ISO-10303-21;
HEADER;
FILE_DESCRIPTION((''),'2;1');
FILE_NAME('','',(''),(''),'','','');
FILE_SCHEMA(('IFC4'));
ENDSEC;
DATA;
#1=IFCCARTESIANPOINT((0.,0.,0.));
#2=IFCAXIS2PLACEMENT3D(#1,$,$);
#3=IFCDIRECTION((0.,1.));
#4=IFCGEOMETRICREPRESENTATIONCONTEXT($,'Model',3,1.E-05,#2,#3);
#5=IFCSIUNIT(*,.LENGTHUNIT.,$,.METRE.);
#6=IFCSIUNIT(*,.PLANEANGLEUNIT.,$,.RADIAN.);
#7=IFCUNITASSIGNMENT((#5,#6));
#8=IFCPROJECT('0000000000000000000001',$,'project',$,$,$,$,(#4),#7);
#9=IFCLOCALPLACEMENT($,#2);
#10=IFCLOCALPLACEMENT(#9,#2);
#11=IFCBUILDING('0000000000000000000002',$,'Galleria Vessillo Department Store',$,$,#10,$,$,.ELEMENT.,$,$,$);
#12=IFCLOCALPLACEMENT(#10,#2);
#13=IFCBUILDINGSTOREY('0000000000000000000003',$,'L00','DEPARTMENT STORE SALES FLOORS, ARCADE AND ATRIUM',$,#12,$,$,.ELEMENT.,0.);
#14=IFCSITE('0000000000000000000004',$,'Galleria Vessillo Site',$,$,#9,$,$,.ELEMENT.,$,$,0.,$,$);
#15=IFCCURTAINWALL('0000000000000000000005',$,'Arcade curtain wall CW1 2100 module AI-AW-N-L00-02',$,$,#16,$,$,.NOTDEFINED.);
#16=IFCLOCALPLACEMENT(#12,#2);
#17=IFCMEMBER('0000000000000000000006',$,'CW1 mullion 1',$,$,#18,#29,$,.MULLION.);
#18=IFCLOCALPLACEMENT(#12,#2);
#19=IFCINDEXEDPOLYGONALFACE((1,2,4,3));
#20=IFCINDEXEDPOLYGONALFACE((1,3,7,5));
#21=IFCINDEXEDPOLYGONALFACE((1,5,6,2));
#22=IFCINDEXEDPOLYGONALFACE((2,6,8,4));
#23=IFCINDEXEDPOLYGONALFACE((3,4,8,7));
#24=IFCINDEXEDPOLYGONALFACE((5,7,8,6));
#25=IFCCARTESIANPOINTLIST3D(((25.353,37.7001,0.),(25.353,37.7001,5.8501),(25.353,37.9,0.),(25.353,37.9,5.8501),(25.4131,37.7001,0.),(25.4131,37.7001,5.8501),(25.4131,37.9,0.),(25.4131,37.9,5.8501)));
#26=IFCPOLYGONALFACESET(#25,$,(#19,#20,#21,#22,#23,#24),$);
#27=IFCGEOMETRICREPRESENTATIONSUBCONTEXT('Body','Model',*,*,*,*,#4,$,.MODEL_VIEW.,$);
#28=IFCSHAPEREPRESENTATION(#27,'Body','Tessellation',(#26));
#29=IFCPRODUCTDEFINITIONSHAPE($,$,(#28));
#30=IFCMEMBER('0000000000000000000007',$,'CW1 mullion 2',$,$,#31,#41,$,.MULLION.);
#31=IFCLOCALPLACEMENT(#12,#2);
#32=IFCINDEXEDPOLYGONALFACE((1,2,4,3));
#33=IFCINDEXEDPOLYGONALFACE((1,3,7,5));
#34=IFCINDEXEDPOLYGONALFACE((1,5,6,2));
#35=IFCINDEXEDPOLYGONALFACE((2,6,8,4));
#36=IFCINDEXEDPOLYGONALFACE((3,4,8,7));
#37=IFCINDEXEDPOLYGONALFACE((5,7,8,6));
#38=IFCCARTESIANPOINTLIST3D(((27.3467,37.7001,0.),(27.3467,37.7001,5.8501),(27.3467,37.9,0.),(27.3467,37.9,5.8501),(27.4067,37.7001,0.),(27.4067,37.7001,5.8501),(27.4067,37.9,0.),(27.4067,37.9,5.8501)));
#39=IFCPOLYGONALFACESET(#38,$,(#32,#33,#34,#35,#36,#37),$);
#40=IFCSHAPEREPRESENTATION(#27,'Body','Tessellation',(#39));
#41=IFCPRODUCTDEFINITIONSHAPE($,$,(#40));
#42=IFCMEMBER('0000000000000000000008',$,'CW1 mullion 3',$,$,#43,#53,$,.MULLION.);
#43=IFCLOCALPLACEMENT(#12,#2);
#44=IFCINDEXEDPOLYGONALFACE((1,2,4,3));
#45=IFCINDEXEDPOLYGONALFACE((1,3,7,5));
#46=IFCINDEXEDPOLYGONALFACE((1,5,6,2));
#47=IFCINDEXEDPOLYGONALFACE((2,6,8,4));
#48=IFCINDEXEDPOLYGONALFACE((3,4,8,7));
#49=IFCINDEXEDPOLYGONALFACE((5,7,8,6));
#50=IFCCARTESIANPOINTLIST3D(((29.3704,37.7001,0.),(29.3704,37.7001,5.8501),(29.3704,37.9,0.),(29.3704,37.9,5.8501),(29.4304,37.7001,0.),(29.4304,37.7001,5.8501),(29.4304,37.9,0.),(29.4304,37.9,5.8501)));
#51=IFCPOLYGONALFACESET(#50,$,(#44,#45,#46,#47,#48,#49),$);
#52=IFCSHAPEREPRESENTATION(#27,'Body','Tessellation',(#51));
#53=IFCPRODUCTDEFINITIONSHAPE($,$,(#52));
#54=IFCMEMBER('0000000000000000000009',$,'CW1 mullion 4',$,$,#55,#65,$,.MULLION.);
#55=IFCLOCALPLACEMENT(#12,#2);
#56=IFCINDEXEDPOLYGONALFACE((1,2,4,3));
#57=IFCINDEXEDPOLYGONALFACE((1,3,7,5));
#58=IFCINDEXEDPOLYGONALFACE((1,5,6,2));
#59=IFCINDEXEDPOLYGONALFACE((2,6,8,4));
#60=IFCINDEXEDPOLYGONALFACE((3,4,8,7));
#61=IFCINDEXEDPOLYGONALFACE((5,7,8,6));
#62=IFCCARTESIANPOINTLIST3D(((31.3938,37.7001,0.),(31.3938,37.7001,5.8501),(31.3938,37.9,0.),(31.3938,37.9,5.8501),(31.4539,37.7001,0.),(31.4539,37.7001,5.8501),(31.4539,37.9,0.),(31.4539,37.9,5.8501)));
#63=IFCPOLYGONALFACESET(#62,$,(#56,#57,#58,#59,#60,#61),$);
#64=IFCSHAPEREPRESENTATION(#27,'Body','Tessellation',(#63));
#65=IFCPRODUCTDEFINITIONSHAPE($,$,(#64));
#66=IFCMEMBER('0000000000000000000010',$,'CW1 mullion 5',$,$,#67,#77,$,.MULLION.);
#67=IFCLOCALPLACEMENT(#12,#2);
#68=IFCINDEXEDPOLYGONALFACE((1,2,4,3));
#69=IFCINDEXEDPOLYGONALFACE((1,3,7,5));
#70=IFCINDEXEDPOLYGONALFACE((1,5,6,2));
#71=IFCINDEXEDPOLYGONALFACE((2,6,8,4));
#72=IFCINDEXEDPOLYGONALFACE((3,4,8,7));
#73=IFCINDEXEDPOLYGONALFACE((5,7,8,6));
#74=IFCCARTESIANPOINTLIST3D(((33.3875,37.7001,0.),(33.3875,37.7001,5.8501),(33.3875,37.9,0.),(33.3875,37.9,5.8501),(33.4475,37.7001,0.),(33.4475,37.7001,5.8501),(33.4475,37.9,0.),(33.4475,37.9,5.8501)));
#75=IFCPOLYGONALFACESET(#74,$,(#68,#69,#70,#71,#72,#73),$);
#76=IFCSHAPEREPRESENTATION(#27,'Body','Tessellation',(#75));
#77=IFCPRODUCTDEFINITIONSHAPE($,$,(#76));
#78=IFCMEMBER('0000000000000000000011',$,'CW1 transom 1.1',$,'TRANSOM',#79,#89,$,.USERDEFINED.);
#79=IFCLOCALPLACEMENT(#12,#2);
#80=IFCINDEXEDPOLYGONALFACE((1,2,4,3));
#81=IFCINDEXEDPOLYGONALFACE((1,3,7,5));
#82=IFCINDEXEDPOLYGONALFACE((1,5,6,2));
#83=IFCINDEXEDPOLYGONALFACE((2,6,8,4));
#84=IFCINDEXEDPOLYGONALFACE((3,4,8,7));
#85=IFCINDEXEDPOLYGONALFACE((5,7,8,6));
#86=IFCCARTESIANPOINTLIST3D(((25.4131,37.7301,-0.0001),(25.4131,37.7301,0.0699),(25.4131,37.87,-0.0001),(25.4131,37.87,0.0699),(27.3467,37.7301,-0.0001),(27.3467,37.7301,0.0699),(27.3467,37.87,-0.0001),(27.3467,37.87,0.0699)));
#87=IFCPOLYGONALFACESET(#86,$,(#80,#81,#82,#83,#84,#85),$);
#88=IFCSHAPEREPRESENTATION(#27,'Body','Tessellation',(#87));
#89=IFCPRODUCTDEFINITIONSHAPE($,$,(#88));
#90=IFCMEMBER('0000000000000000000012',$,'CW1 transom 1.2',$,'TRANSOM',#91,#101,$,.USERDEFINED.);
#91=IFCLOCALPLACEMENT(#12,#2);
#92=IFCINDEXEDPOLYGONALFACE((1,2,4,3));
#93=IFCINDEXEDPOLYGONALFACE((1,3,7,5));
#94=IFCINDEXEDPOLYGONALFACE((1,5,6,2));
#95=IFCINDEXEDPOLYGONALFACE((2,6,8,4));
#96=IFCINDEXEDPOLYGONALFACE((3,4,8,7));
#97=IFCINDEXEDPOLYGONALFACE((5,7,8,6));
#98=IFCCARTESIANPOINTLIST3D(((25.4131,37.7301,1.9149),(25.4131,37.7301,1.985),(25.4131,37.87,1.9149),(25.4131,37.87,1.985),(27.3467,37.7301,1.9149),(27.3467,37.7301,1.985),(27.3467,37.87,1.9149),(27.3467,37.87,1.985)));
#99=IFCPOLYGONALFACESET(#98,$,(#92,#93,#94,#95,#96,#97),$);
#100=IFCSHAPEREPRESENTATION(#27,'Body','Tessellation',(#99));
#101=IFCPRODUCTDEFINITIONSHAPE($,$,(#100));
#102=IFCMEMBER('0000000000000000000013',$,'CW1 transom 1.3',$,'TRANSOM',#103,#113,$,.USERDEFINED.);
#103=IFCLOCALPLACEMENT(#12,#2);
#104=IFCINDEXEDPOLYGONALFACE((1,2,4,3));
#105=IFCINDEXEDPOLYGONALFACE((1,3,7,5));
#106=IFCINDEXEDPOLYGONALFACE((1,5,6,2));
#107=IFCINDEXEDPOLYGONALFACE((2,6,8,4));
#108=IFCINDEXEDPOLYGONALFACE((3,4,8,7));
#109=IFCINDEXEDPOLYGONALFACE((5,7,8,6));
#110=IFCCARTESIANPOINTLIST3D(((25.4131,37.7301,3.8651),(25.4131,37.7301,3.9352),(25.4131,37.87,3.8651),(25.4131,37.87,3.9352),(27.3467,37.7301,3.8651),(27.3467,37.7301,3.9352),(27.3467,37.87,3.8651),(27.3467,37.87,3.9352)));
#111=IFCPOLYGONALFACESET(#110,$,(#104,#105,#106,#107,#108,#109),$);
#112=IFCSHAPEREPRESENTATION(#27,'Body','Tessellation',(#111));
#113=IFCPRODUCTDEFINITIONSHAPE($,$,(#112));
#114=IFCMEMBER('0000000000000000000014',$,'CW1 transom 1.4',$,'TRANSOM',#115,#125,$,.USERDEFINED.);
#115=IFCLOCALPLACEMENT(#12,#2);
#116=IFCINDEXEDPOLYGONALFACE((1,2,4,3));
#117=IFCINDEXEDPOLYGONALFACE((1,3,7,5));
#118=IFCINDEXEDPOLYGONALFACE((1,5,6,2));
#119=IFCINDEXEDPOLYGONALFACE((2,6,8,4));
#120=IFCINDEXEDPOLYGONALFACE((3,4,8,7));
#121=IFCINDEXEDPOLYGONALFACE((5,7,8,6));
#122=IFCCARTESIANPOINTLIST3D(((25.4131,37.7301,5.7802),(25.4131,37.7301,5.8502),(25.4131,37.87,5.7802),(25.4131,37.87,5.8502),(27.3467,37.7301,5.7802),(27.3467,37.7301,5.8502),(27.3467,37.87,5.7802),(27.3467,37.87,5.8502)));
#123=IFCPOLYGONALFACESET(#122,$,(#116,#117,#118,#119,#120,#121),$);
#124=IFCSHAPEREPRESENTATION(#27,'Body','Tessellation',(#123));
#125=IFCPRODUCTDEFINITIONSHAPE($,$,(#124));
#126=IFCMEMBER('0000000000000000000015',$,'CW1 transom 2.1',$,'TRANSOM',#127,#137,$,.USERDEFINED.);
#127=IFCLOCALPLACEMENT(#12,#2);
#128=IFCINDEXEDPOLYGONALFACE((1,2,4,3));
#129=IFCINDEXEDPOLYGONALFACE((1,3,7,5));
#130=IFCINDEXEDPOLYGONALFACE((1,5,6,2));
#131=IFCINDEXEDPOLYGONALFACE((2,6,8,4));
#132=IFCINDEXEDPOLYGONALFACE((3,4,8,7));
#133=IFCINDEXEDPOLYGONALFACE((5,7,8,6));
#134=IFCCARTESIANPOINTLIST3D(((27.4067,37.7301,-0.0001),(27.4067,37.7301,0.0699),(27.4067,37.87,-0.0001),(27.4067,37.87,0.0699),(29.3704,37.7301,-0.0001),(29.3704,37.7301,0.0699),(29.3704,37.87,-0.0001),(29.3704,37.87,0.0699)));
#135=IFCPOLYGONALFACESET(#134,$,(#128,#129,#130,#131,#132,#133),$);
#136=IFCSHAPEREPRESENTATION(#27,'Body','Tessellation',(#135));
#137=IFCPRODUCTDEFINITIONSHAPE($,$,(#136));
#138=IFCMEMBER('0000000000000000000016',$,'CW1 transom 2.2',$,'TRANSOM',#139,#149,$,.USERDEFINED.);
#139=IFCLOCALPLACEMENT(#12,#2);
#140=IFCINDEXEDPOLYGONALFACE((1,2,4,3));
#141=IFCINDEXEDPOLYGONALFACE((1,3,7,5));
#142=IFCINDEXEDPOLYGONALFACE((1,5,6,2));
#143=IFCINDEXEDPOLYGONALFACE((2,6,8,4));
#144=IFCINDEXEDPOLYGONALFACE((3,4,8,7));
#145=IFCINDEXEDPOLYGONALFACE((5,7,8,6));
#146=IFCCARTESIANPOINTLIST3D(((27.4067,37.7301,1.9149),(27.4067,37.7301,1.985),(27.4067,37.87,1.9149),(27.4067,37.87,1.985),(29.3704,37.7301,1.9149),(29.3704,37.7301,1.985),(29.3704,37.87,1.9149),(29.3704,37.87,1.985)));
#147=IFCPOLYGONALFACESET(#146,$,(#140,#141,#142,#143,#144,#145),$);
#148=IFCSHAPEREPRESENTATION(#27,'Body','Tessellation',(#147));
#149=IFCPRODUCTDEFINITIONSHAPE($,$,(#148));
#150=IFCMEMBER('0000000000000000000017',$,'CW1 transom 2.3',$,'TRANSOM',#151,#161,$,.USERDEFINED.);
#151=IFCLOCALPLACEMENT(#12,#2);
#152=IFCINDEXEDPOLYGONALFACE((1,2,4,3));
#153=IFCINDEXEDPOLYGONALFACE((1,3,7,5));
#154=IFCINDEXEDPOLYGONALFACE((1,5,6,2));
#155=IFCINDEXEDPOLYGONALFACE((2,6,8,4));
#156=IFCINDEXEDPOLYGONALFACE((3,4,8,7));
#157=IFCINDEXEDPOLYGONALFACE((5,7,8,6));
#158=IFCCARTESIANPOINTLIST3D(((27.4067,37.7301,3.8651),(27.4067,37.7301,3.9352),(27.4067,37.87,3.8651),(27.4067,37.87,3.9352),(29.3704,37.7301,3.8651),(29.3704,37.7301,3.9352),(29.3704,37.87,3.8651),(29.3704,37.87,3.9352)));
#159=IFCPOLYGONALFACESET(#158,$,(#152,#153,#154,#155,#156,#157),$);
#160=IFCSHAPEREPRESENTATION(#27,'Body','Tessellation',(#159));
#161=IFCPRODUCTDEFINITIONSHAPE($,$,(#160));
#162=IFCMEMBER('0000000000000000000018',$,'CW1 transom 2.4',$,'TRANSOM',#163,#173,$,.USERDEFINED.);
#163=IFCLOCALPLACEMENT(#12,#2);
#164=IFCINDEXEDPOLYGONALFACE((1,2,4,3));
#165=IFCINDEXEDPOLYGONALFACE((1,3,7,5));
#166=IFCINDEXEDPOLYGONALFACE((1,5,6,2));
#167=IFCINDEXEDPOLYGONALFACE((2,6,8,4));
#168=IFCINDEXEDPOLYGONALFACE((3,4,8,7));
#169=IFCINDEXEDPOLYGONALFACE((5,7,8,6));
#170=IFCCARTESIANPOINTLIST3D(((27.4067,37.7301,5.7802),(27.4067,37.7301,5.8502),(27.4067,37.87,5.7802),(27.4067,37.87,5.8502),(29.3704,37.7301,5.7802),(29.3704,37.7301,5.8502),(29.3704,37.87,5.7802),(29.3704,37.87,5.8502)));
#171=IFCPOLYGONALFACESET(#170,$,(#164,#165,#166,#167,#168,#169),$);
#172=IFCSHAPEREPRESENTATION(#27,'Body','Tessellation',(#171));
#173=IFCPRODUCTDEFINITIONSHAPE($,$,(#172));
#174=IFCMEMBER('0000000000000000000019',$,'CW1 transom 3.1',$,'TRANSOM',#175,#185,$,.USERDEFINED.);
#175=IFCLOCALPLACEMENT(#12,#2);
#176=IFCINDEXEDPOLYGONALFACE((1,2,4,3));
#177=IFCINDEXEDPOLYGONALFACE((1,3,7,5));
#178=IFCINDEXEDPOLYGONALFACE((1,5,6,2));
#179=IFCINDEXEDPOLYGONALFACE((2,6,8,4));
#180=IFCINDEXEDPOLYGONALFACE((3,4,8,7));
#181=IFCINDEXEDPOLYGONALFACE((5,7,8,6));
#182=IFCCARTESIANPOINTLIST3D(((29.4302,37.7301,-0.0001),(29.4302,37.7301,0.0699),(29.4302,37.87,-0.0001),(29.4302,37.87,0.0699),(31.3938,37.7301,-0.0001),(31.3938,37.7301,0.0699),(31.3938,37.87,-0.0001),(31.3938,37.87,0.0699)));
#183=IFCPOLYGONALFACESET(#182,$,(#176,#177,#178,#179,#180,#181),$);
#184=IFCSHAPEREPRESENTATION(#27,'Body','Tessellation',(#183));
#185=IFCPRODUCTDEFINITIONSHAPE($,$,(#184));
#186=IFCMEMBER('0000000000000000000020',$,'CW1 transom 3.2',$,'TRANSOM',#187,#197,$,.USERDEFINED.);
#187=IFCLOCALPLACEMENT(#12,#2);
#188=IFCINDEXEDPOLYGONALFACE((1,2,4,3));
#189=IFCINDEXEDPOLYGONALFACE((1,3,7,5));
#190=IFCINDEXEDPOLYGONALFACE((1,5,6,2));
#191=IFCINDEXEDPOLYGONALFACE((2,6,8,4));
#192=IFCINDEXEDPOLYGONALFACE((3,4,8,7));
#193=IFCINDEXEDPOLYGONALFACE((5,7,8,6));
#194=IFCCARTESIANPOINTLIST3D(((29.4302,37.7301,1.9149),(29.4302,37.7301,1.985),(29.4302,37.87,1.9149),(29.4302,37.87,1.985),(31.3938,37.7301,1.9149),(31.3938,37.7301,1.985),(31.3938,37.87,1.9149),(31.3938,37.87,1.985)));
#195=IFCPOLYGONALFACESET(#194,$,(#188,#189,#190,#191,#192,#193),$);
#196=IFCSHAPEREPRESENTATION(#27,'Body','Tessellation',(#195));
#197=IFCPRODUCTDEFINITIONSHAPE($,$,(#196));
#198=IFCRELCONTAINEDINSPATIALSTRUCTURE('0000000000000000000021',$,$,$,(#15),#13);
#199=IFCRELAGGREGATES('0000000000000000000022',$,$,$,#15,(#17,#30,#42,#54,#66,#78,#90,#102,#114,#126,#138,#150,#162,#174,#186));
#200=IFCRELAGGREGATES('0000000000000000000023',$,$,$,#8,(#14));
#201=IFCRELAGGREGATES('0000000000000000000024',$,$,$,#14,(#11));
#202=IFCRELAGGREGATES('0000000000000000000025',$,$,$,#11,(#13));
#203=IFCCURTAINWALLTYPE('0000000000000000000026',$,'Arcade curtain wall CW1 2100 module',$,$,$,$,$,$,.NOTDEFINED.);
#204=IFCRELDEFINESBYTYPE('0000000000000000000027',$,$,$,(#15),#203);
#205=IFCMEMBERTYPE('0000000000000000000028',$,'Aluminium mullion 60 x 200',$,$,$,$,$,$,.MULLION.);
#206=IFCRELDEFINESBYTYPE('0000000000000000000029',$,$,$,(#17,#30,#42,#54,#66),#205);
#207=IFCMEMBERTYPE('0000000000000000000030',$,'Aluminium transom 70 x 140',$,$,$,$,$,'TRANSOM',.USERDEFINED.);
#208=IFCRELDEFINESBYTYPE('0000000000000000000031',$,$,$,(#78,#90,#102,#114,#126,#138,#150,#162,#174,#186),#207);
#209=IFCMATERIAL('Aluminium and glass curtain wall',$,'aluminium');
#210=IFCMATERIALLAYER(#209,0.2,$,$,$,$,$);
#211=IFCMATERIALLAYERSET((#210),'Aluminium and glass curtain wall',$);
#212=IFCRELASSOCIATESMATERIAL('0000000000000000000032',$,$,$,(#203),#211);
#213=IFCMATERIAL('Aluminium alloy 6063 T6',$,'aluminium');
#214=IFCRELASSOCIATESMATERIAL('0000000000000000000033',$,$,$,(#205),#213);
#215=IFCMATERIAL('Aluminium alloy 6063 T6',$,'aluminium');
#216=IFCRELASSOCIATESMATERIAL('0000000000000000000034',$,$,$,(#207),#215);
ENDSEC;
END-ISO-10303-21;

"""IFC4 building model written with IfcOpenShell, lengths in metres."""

from ifc_helpers import new_model, si_unit, direction, frame, origin, origin_2d, place, context, subcontext, project, spatial, rectangle, extrude, material, layer, layer_set, material_profile, profile_set, type_object, element, aggregate, save


model = new_model("IFC4")

# Units and contexts
model_context = context("Model", 3, precision=1e-05, world=origin(), true_north=direction((0.0, 1.0)))
body_context = subcontext(model_context, "Body", "Model", "MODEL_VIEW")
ifc_project = project(units=[si_unit("LENGTHUNIT", "METRE"), si_unit("PLANEANGLEUNIT", "RADIAN")], contexts=[model_context])

# Site, building, storey
site_placement = place(None, origin())
site = spatial("IfcSite", under=ifc_project, at=site_placement, Name="Galleria Vessillo Site", CompositionType="ELEMENT", RefElevation=0.0)
building_placement = place(site_placement, origin())
building = spatial("IfcBuilding", under=site, at=building_placement, Name="Galleria Vessillo Department Store", CompositionType="ELEMENT")
storey_placement = place(building_placement, origin())
storey = spatial("IfcBuildingStorey", under=building, at=storey_placement, Name="L00", Description="DEPARTMENT STORE SALES FLOORS, ARCADE AND ATRIUM", CompositionType="ELEMENT", Elevation=0.0)

# Curtain wall, members
ifc_material_1 = material(Name="Aluminium and glass curtain wall", Category="aluminium")
ifc_layer_1 = layer(ifc_material_1, 0.2)
ifc_layer_set_1 = layer_set([ifc_layer_1], Name="Aluminium and glass curtain wall")
curtain_wall_type = type_object("IfcCurtainWallType", Name="Arcade curtain wall CW1 2100 module", PredefinedType="NOTDEFINED", material=ifc_layer_set_1)
curtain_wall_placement = place(storey_placement, origin())
curtain_wall = element("IfcCurtainWall", 1, at=curtain_wall_placement, inside=storey, type_object=curtain_wall_type, Name="Arcade curtain wall CW1 2100 module AI-AW-N-L00-02", PredefinedType="NOTDEFINED")
ifc_material_2 = material(Name="Aluminium alloy 6063 T6", Category="aluminium")
ifc_material_profile_1 = material_profile(ifc_material_2, rectangle(XDim=0.2, YDim=0.0601, at=origin_2d()), Name="AL 60x200")
ifc_profile_set_1 = profile_set([ifc_material_profile_1], Name="Aluminium alloy 6063 T6")
member_type_1 = type_object("IfcMemberType", Name="Aluminium mullion 60 x 200", PredefinedType="MULLION", material=ifc_profile_set_1)
member_1_placement = place(storey_placement, frame((25.3831, 37.8, 0.0), z_axis=(0.0, 0.0, 1.0), x_axis=(0.0, 1.0, 0.0)))
member_1 = element("IfcMember", 2, at=member_1_placement, type_object=member_type_1, Name="CW1 mullion 1", PredefinedType="MULLION", context=body_context, shape_type="SweptSolid", body=[
    extrude(rectangle(XDim=0.2, YDim=0.0601, at=origin_2d()), origin(), (0.0, 0.0, 1.0), 5.8501),
])
member_2_placement = place(storey_placement, frame((27.3767, 37.8, 0.0), z_axis=(0.0, 0.0, 1.0), x_axis=(0.0, 1.0, 0.0)))
member_2 = element("IfcMember", 3, at=member_2_placement, type_object=member_type_1, Name="CW1 mullion 2", PredefinedType="MULLION", context=body_context, shape_type="SweptSolid", body=[
    extrude(rectangle(XDim=0.2, YDim=0.0601, at=origin_2d()), origin(), (0.0, 0.0, 1.0), 5.8501),
])
member_3_placement = place(storey_placement, frame((29.4004, 37.8, 0.0), z_axis=(0.0, 0.0, 1.0), x_axis=(0.0, 1.0, 0.0)))
member_3 = element("IfcMember", 4, at=member_3_placement, type_object=member_type_1, Name="CW1 mullion 3", PredefinedType="MULLION", context=body_context, shape_type="SweptSolid", body=[
    extrude(rectangle(XDim=0.2, YDim=0.0601, at=origin_2d()), origin(), (0.0, 0.0, 1.0), 5.8501),
])
member_4_placement = place(storey_placement, frame((31.4238, 37.8, 0.0), z_axis=(0.0, 0.0, 1.0), x_axis=(0.0, 1.0, 0.0)))
member_4 = element("IfcMember", 5, at=member_4_placement, type_object=member_type_1, Name="CW1 mullion 4", PredefinedType="MULLION", context=body_context, shape_type="SweptSolid", body=[
    extrude(rectangle(XDim=0.2, YDim=0.0601, at=origin_2d()), origin(), (0.0, 0.0, 1.0), 5.8501),
])
member_5_placement = place(storey_placement, frame((33.4175, 37.8, 0.0), z_axis=(0.0, 0.0, 1.0), x_axis=(0.0, 1.0, 0.0)))
member_5 = element("IfcMember", 6, at=member_5_placement, type_object=member_type_1, Name="CW1 mullion 5", PredefinedType="MULLION", context=body_context, shape_type="SweptSolid", body=[
    extrude(rectangle(XDim=0.2, YDim=0.0601, at=origin_2d()), origin(), (0.0, 0.0, 1.0), 5.8501),
])
ifc_material_3 = material(Name="Aluminium alloy 6063 T6", Category="aluminium")
ifc_material_profile_2 = material_profile(ifc_material_3, rectangle(XDim=0.1399, YDim=0.0701, at=origin_2d()), Name="AL 70x140")
ifc_profile_set_2 = profile_set([ifc_material_profile_2], Name="Aluminium alloy 6063 T6")
member_type_2 = type_object("IfcMemberType", Name="Aluminium transom 70 x 140", ElementType="TRANSOM", PredefinedType="USERDEFINED", material=ifc_profile_set_2)
member_6_placement = place(storey_placement, frame((25.4131, 37.8, 0.0349), z_axis=(1.0, 0.0, 0.0), x_axis=(0.0, 1.0, 0.0)))
member_6 = element("IfcMember", 7, at=member_6_placement, type_object=member_type_2, Name="CW1 transom 1.1", ObjectType="TRANSOM", PredefinedType="USERDEFINED", context=body_context, shape_type="SweptSolid", body=[
    extrude(rectangle(XDim=0.1399, YDim=0.0701, at=origin_2d()), origin(), (0.0, 0.0, 1.0), 1.9336),
])
member_7_placement = place(storey_placement, frame((25.4131, 37.8, 1.95), z_axis=(1.0, 0.0, 0.0), x_axis=(0.0, 1.0, 0.0)))
member_7 = element("IfcMember", 8, at=member_7_placement, type_object=member_type_2, Name="CW1 transom 1.2", ObjectType="TRANSOM", PredefinedType="USERDEFINED", context=body_context, shape_type="SweptSolid", body=[
    extrude(rectangle(XDim=0.1399, YDim=0.0701, at=origin_2d()), origin(), (0.0, 0.0, 1.0), 1.9336),
])
member_8_placement = place(storey_placement, frame((25.4131, 37.8, 3.9001), z_axis=(1.0, 0.0, 0.0), x_axis=(0.0, 1.0, 0.0)))
member_8 = element("IfcMember", 9, at=member_8_placement, type_object=member_type_2, Name="CW1 transom 1.3", ObjectType="TRANSOM", PredefinedType="USERDEFINED", context=body_context, shape_type="SweptSolid", body=[
    extrude(rectangle(XDim=0.1399, YDim=0.0701, at=origin_2d()), origin(), (0.0, 0.0, 1.0), 1.9336),
])
member_9_placement = place(storey_placement, frame((25.4131, 37.8, 5.8152), z_axis=(1.0, 0.0, 0.0), x_axis=(0.0, 1.0, 0.0)))
member_9 = element("IfcMember", 10, at=member_9_placement, type_object=member_type_2, Name="CW1 transom 1.4", ObjectType="TRANSOM", PredefinedType="USERDEFINED", context=body_context, shape_type="SweptSolid", body=[
    extrude(rectangle(XDim=0.1399, YDim=0.0701, at=origin_2d()), origin(), (0.0, 0.0, 1.0), 1.9336),
])
member_10_placement = place(storey_placement, frame((27.4067, 37.8, 0.0349), z_axis=(1.0, 0.0, 0.0), x_axis=(0.0, 1.0, 0.0)))
member_10 = element("IfcMember", 11, at=member_10_placement, type_object=member_type_2, Name="CW1 transom 2.1", ObjectType="TRANSOM", PredefinedType="USERDEFINED", context=body_context, shape_type="SweptSolid", body=[
    extrude(rectangle(XDim=0.1399, YDim=0.0701, at=origin_2d()), origin(), (0.0, 0.0, 1.0), 1.9636),
])
member_11_placement = place(storey_placement, frame((27.4067, 37.8, 1.95), z_axis=(1.0, 0.0, 0.0), x_axis=(0.0, 1.0, 0.0)))
member_11 = element("IfcMember", 12, at=member_11_placement, type_object=member_type_2, Name="CW1 transom 2.2", ObjectType="TRANSOM", PredefinedType="USERDEFINED", context=body_context, shape_type="SweptSolid", body=[
    extrude(rectangle(XDim=0.1399, YDim=0.0701, at=origin_2d()), origin(), (0.0, 0.0, 1.0), 1.9636),
])
member_12_placement = place(storey_placement, frame((27.4067, 37.8, 3.9001), z_axis=(1.0, 0.0, 0.0), x_axis=(0.0, 1.0, 0.0)))
member_12 = element("IfcMember", 13, at=member_12_placement, type_object=member_type_2, Name="CW1 transom 2.3", ObjectType="TRANSOM", PredefinedType="USERDEFINED", context=body_context, shape_type="SweptSolid", body=[
    extrude(rectangle(XDim=0.1399, YDim=0.0701, at=origin_2d()), origin(), (0.0, 0.0, 1.0), 1.9636),
])
member_13_placement = place(storey_placement, frame((27.4067, 37.8, 5.8152), z_axis=(1.0, 0.0, 0.0), x_axis=(0.0, 1.0, 0.0)))
member_13 = element("IfcMember", 14, at=member_13_placement, type_object=member_type_2, Name="CW1 transom 2.4", ObjectType="TRANSOM", PredefinedType="USERDEFINED", context=body_context, shape_type="SweptSolid", body=[
    extrude(rectangle(XDim=0.1399, YDim=0.0701, at=origin_2d()), origin(), (0.0, 0.0, 1.0), 1.9636),
])
member_14_placement = place(storey_placement, frame((29.4302, 37.8, 0.0349), z_axis=(1.0, 0.0, 0.0), x_axis=(0.0, 1.0, 0.0)))
member_14 = element("IfcMember", 15, at=member_14_placement, type_object=member_type_2, Name="CW1 transom 3.1", ObjectType="TRANSOM", PredefinedType="USERDEFINED", context=body_context, shape_type="SweptSolid", body=[
    extrude(rectangle(XDim=0.1399, YDim=0.0701, at=origin_2d()), origin(), (0.0, 0.0, 1.0), 1.9636),
])
member_15_placement = place(storey_placement, frame((29.4302, 37.8, 1.95), z_axis=(1.0, 0.0, 0.0), x_axis=(0.0, 1.0, 0.0)))
member_15 = element("IfcMember", 16, at=member_15_placement, type_object=member_type_2, Name="CW1 transom 3.2", ObjectType="TRANSOM", PredefinedType="USERDEFINED", context=body_context, shape_type="SweptSolid", body=[
    extrude(rectangle(XDim=0.1399, YDim=0.0701, at=origin_2d()), origin(), (0.0, 0.0, 1.0), 1.9636),
])

aggregate(curtain_wall, [member_1, member_2, member_3, member_4, member_5, member_6, member_7, member_8, member_9, member_10, member_11, member_12, member_13, member_14, member_15])

save(model, "model.ifc")
